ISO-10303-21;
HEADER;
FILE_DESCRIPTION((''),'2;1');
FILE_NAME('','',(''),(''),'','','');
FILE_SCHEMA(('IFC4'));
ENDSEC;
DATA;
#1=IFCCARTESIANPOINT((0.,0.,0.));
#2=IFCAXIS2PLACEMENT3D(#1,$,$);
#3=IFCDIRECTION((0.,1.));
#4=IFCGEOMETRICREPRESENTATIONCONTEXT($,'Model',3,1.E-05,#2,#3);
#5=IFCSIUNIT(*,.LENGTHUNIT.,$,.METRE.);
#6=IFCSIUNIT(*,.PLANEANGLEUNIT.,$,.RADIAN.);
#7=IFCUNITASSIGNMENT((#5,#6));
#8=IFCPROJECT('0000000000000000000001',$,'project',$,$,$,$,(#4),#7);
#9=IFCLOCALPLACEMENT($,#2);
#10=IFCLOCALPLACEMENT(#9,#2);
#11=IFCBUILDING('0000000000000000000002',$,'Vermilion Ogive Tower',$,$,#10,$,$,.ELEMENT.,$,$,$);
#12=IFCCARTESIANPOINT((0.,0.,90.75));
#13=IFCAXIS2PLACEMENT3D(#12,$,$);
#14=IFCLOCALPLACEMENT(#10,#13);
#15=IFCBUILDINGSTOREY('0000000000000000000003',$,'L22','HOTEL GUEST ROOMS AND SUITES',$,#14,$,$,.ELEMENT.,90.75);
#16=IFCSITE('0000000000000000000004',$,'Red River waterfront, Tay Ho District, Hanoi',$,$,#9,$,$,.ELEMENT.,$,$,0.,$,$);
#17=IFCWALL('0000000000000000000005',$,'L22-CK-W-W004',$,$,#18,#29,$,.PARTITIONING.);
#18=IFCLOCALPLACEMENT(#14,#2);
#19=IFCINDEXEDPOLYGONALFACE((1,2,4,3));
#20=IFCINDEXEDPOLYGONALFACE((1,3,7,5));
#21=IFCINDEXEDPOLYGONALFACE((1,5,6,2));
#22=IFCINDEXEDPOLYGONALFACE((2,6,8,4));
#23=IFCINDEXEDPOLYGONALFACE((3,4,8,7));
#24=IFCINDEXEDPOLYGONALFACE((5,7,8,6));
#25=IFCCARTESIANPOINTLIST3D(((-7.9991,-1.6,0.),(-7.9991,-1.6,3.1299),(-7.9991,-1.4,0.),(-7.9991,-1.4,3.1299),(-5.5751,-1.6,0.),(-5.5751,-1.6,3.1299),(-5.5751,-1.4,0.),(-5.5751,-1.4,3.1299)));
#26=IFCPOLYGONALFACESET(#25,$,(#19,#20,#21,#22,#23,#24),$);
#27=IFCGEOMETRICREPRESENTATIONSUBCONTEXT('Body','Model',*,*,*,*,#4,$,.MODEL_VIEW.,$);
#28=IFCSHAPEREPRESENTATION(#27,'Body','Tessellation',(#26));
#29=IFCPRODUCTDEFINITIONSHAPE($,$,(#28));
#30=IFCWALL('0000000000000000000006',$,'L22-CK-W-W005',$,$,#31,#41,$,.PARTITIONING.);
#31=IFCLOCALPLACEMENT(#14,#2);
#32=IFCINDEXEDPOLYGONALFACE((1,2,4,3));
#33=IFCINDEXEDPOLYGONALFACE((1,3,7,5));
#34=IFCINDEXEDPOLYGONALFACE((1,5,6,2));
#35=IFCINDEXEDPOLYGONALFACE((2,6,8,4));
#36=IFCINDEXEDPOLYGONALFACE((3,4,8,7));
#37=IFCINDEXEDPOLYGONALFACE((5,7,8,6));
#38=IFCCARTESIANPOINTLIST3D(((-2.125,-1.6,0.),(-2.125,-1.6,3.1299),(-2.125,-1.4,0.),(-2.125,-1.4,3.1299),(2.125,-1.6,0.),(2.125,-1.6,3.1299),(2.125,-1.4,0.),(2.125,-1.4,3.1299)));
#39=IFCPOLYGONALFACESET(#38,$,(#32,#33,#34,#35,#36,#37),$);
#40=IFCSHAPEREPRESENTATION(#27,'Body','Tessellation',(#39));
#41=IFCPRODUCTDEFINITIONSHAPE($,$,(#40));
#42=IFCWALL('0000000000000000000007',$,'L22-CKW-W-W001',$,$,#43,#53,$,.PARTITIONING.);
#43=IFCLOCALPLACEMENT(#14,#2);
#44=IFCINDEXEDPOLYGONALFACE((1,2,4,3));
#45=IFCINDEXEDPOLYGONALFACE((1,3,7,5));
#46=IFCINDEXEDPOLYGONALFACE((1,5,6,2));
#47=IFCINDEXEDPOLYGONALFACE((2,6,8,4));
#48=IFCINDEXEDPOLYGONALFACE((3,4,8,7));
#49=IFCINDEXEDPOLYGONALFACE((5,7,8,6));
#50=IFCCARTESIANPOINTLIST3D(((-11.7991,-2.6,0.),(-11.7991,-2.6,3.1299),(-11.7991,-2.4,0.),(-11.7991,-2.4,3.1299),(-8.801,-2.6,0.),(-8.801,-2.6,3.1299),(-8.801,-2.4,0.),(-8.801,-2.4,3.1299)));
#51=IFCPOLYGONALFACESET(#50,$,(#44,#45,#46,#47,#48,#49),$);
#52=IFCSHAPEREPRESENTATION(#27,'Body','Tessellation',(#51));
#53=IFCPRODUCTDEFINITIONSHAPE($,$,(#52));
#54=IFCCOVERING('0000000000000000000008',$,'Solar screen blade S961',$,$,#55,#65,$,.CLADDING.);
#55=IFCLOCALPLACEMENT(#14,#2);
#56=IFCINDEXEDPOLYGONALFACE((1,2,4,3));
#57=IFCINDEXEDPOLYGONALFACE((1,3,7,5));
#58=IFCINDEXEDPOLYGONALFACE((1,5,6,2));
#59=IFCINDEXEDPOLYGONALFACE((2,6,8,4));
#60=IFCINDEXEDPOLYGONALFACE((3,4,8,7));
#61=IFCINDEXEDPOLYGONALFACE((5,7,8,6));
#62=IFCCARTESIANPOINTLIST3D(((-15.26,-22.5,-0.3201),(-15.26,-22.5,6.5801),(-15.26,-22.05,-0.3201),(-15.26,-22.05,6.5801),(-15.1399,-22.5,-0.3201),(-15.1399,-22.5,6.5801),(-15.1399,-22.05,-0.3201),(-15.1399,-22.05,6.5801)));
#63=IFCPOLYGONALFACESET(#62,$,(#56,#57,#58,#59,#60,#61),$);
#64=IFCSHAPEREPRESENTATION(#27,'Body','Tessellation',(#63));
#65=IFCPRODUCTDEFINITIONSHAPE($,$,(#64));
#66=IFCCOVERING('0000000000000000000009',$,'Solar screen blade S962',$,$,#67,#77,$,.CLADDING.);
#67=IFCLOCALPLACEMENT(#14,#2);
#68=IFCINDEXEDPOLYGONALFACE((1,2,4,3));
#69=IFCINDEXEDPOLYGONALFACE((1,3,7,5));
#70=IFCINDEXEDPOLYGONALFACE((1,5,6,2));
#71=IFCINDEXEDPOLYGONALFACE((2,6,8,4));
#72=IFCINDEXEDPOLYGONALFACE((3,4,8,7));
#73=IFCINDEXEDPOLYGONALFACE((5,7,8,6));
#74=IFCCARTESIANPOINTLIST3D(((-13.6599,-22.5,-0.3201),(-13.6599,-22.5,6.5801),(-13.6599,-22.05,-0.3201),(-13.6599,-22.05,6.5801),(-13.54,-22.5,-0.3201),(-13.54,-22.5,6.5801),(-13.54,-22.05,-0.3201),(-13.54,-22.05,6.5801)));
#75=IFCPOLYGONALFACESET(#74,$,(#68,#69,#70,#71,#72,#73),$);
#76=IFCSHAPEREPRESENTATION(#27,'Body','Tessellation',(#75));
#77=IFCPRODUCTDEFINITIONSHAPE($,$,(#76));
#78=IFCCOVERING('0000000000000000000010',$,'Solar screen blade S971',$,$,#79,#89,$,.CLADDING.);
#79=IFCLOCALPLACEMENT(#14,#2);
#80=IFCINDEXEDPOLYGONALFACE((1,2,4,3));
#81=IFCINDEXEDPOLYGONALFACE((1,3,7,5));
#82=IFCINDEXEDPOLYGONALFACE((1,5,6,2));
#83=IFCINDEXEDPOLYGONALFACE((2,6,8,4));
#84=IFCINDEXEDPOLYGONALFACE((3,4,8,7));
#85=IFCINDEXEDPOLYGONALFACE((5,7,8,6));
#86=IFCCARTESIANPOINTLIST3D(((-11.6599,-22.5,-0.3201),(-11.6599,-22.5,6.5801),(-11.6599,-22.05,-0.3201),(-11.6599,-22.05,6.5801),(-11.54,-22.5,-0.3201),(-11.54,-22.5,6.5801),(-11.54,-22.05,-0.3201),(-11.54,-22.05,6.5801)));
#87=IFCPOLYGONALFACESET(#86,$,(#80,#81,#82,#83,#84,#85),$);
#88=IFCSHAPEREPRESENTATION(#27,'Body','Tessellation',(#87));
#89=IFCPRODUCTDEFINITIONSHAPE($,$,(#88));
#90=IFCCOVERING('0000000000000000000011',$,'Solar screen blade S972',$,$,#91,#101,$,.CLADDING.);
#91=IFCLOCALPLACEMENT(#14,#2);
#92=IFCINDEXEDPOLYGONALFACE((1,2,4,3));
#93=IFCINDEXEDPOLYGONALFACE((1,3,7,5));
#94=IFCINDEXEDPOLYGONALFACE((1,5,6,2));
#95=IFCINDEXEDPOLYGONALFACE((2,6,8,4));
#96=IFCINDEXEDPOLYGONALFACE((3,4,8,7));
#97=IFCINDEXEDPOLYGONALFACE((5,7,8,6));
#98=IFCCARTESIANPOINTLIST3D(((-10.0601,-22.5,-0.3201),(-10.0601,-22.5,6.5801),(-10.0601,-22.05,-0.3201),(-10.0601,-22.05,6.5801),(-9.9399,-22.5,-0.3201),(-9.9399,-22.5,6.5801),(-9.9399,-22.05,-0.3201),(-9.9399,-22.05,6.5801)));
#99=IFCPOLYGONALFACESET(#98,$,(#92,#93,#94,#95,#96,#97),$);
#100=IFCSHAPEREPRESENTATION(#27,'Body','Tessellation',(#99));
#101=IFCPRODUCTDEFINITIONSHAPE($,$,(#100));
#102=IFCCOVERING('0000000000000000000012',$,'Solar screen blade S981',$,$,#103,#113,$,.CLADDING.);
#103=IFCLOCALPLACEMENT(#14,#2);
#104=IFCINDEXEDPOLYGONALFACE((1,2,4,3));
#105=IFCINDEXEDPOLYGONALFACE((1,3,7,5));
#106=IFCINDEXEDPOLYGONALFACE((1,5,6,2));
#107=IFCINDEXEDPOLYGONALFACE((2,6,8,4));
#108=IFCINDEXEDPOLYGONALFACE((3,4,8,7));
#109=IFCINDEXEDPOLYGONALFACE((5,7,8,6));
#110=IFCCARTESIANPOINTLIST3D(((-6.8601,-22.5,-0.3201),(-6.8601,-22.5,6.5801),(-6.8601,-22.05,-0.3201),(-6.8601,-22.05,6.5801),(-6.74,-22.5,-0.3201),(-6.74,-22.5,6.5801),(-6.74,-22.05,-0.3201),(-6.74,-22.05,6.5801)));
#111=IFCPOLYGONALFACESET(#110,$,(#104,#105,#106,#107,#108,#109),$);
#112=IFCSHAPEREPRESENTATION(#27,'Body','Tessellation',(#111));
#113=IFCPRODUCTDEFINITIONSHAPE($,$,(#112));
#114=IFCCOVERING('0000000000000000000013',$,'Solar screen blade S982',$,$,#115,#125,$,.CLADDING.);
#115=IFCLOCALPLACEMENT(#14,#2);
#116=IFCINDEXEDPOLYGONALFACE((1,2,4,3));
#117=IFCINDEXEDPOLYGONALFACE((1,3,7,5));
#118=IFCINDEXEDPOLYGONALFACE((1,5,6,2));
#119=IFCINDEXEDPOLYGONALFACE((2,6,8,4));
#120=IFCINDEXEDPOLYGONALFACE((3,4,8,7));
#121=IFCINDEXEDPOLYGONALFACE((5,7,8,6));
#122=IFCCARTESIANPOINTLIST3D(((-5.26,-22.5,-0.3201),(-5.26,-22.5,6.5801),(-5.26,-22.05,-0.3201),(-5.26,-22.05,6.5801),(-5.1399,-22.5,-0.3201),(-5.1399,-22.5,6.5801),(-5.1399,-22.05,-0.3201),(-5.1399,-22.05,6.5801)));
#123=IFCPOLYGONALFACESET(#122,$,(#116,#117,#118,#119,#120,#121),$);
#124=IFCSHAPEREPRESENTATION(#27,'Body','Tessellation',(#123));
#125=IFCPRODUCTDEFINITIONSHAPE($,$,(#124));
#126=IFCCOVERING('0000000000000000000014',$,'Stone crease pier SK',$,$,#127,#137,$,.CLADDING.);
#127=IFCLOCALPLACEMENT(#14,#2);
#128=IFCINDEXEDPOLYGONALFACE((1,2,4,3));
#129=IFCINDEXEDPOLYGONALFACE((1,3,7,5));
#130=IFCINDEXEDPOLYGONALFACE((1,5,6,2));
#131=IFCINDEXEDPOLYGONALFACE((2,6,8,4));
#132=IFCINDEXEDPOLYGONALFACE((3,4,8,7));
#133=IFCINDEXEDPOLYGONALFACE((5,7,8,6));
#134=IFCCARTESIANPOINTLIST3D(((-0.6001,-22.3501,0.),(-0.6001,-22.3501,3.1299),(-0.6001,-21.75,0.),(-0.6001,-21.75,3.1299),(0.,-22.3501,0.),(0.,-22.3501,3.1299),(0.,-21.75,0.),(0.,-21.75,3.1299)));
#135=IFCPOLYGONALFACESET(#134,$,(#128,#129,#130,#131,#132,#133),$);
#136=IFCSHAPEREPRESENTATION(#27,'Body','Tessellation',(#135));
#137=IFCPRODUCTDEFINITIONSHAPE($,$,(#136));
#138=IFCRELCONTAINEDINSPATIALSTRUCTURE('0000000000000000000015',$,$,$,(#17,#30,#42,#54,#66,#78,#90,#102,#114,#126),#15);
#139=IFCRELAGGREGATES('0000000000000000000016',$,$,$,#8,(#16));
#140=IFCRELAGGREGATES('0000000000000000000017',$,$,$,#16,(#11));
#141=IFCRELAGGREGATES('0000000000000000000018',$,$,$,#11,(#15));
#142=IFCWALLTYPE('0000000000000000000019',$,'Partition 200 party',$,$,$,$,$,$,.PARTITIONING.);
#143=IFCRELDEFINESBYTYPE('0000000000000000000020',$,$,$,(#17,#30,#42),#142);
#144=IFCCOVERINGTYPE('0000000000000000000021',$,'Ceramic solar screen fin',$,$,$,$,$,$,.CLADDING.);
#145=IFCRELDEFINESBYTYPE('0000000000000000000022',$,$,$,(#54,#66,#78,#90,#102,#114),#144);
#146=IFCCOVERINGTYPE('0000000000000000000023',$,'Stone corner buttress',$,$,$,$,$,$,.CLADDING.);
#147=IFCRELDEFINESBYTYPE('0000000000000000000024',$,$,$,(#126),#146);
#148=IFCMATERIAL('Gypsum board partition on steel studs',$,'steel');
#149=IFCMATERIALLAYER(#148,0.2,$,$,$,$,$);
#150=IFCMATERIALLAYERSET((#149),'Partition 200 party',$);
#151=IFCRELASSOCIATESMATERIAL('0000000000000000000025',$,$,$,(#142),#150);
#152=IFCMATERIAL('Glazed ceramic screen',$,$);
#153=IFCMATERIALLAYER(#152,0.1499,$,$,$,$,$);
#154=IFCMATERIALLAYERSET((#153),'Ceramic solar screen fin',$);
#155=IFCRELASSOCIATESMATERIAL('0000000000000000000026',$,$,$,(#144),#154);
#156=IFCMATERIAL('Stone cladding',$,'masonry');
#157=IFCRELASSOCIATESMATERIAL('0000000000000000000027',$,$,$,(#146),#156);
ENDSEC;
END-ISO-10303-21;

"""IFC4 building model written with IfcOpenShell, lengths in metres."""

from ifc_helpers import new_model, si_unit, direction, frame, frame_2d, origin, place, context, subcontext, project, spatial, polyline, rectangle, outline, extrude, material, layer, layer_set, type_object, element, save


model = new_model("IFC4")

# Units and contexts
model_context = context("Model", 3, precision=1e-05, world=origin(), true_north=direction((0.0, 1.0)))
body_context = subcontext(model_context, "Body", "Model", "MODEL_VIEW")
ifc_project = project(units=[si_unit("LENGTHUNIT", "METRE"), si_unit("PLANEANGLEUNIT", "RADIAN")], contexts=[model_context])

# Site, building, storey
site_placement = place(None, origin())
site = spatial("IfcSite", under=ifc_project, at=site_placement, Name="Red River waterfront, Tay Ho District, Hanoi", CompositionType="ELEMENT", RefElevation=0.0)
building_placement = place(site_placement, origin())
building = spatial("IfcBuilding", under=site, at=building_placement, Name="Vermilion Ogive Tower", CompositionType="ELEMENT")
storey_placement = place(building_placement, frame((0.0, 0.0, 90.75)))
storey = spatial("IfcBuildingStorey", under=building, at=storey_placement, Name="L22", Description="HOTEL GUEST ROOMS AND SUITES", CompositionType="ELEMENT", Elevation=90.75)

# Walls
ifc_material_1 = material(Name="Gypsum board partition on steel studs", Category="steel")
ifc_layer_1 = layer(ifc_material_1, 0.2)
ifc_layer_set_1 = layer_set([ifc_layer_1], Name="Partition 200 party")
wall_type = type_object("IfcWallType", Name="Partition 200 party", PredefinedType="PARTITIONING", material=ifc_layer_set_1)
wall_1_placement = place(storey_placement, frame((-7.999, -1.5, 0.0), z_axis=(0.0, 0.0, 1.0), x_axis=(1.0, 0.0, 0.0)))
element("IfcWall", 1, at=wall_1_placement, inside=storey, type_object=wall_type, Name="L22-CK-W-W004", PredefinedType="PARTITIONING", context=body_context, shape_type="SweptSolid", body=[
    extrude(rectangle(XDim=2.4241, YDim=0.2, at=frame_2d((1.2119, 0.0))), origin(), (0.0, 0.0, 1.0), 3.1299),
])
wall_2_placement = place(storey_placement, frame((-2.125, -1.5, 0.0), z_axis=(0.0, 0.0, 1.0), x_axis=(1.0, 0.0, 0.0)))
element("IfcWall", 2, at=wall_2_placement, inside=storey, type_object=wall_type, Name="L22-CK-W-W005", PredefinedType="PARTITIONING", context=body_context, shape_type="SweptSolid", body=[
    extrude(rectangle(XDim=4.25, YDim=0.2, at=frame_2d((2.125, 0.0))), origin(), (0.0, 0.0, 1.0), 3.1299),
])
wall_3_placement = place(storey_placement, frame((-11.7991, -2.5, 0.0), z_axis=(0.0, 0.0, 1.0), x_axis=(1.0, 0.0, 0.0)))
element("IfcWall", 3, at=wall_3_placement, inside=storey, type_object=wall_type, Name="L22-CKW-W-W001", PredefinedType="PARTITIONING", context=body_context, shape_type="SweptSolid", body=[
    extrude(rectangle(XDim=2.998, YDim=0.2, at=frame_2d((1.499, 0.0))), origin(), (0.0, 0.0, 1.0), 3.1299),
])

# Coverings
ifc_material_2 = material(Name="Glazed ceramic screen")
ifc_layer_2 = layer(ifc_material_2, 0.1499)
ifc_layer_set_2 = layer_set([ifc_layer_2], Name="Ceramic solar screen fin")
covering_type_1 = type_object("IfcCoveringType", Name="Ceramic solar screen fin", PredefinedType="CLADDING", material=ifc_layer_set_2)
covering_1_placement = place(storey_placement, frame((0.0, 0.0, -0.3201)))
element("IfcCovering", 4, at=covering_1_placement, inside=storey, type_object=covering_type_1, Name="Solar screen blade S961", PredefinedType="CLADDING", context=body_context, shape_type="SweptSolid", body=[
    extrude(outline(polyline([(-15.26, -22.5), (-15.1399, -22.5), (-15.1399, -22.05), (-15.26, -22.05), (-15.26, -22.5)])), origin(), (0.0, 0.0, 1.0), 6.9001),
])
covering_2_placement = place(storey_placement, frame((0.0, 0.0, -0.3201)))
element("IfcCovering", 5, at=covering_2_placement, inside=storey, type_object=covering_type_1, Name="Solar screen blade S962", PredefinedType="CLADDING", context=body_context, shape_type="SweptSolid", body=[
    extrude(outline(polyline([(-13.6599, -22.5), (-13.54, -22.5), (-13.54, -22.05), (-13.6599, -22.05), (-13.6599, -22.5)])), origin(), (0.0, 0.0, 1.0), 6.9001),
])
covering_3_placement = place(storey_placement, frame((0.0, 0.0, -0.3201)))
element("IfcCovering", 6, at=covering_3_placement, inside=storey, type_object=covering_type_1, Name="Solar screen blade S971", PredefinedType="CLADDING", context=body_context, shape_type="SweptSolid", body=[
    extrude(outline(polyline([(-11.6599, -22.5), (-11.54, -22.5), (-11.54, -22.05), (-11.6599, -22.05), (-11.6599, -22.5)])), origin(), (0.0, 0.0, 1.0), 6.9001),
])
covering_4_placement = place(storey_placement, frame((0.0, 0.0, -0.3201)))
element("IfcCovering", 7, at=covering_4_placement, inside=storey, type_object=covering_type_1, Name="Solar screen blade S972", PredefinedType="CLADDING", context=body_context, shape_type="SweptSolid", body=[
    extrude(outline(polyline([(-10.0601, -22.5), (-9.9399, -22.5), (-9.9399, -22.05), (-10.0601, -22.05), (-10.0601, -22.5)])), origin(), (0.0, 0.0, 1.0), 6.9001),
])
covering_5_placement = place(storey_placement, frame((0.0, 0.0, -0.3201)))
element("IfcCovering", 8, at=covering_5_placement, inside=storey, type_object=covering_type_1, Name="Solar screen blade S981", PredefinedType="CLADDING", context=body_context, shape_type="SweptSolid", body=[
    extrude(outline(polyline([(-6.8601, -22.5), (-6.74, -22.5), (-6.74, -22.05), (-6.8601, -22.05), (-6.8601, -22.5)])), origin(), (0.0, 0.0, 1.0), 6.9001),
])
covering_6_placement = place(storey_placement, frame((0.0, 0.0, -0.3201)))
element("IfcCovering", 9, at=covering_6_placement, inside=storey, type_object=covering_type_1, Name="Solar screen blade S982", PredefinedType="CLADDING", context=body_context, shape_type="SweptSolid", body=[
    extrude(outline(polyline([(-5.26, -22.5), (-5.1399, -22.5), (-5.1399, -22.05), (-5.26, -22.05), (-5.26, -22.5)])), origin(), (0.0, 0.0, 1.0), 6.9001),
])
ifc_material_3 = material(Name="Stone cladding", Category="masonry")
covering_type_2 = type_object("IfcCoveringType", Name="Stone corner buttress", PredefinedType="CLADDING", material=ifc_material_3)
covering_7_placement = place(storey_placement, origin())
element("IfcCovering", 10, at=covering_7_placement, inside=storey, type_object=covering_type_2, Name="Stone crease pier SK", PredefinedType="CLADDING", context=body_context, shape_type="SweptSolid", body=[
    extrude(outline(polyline([(-0.6001, -22.3501), (0.0, -22.3501), (0.0, -21.75), (-0.6001, -21.75), (-0.6001, -22.3501)])), origin(), (0.0, 0.0, 1.0), 3.1299),
])

save(model, "model.ifc")
